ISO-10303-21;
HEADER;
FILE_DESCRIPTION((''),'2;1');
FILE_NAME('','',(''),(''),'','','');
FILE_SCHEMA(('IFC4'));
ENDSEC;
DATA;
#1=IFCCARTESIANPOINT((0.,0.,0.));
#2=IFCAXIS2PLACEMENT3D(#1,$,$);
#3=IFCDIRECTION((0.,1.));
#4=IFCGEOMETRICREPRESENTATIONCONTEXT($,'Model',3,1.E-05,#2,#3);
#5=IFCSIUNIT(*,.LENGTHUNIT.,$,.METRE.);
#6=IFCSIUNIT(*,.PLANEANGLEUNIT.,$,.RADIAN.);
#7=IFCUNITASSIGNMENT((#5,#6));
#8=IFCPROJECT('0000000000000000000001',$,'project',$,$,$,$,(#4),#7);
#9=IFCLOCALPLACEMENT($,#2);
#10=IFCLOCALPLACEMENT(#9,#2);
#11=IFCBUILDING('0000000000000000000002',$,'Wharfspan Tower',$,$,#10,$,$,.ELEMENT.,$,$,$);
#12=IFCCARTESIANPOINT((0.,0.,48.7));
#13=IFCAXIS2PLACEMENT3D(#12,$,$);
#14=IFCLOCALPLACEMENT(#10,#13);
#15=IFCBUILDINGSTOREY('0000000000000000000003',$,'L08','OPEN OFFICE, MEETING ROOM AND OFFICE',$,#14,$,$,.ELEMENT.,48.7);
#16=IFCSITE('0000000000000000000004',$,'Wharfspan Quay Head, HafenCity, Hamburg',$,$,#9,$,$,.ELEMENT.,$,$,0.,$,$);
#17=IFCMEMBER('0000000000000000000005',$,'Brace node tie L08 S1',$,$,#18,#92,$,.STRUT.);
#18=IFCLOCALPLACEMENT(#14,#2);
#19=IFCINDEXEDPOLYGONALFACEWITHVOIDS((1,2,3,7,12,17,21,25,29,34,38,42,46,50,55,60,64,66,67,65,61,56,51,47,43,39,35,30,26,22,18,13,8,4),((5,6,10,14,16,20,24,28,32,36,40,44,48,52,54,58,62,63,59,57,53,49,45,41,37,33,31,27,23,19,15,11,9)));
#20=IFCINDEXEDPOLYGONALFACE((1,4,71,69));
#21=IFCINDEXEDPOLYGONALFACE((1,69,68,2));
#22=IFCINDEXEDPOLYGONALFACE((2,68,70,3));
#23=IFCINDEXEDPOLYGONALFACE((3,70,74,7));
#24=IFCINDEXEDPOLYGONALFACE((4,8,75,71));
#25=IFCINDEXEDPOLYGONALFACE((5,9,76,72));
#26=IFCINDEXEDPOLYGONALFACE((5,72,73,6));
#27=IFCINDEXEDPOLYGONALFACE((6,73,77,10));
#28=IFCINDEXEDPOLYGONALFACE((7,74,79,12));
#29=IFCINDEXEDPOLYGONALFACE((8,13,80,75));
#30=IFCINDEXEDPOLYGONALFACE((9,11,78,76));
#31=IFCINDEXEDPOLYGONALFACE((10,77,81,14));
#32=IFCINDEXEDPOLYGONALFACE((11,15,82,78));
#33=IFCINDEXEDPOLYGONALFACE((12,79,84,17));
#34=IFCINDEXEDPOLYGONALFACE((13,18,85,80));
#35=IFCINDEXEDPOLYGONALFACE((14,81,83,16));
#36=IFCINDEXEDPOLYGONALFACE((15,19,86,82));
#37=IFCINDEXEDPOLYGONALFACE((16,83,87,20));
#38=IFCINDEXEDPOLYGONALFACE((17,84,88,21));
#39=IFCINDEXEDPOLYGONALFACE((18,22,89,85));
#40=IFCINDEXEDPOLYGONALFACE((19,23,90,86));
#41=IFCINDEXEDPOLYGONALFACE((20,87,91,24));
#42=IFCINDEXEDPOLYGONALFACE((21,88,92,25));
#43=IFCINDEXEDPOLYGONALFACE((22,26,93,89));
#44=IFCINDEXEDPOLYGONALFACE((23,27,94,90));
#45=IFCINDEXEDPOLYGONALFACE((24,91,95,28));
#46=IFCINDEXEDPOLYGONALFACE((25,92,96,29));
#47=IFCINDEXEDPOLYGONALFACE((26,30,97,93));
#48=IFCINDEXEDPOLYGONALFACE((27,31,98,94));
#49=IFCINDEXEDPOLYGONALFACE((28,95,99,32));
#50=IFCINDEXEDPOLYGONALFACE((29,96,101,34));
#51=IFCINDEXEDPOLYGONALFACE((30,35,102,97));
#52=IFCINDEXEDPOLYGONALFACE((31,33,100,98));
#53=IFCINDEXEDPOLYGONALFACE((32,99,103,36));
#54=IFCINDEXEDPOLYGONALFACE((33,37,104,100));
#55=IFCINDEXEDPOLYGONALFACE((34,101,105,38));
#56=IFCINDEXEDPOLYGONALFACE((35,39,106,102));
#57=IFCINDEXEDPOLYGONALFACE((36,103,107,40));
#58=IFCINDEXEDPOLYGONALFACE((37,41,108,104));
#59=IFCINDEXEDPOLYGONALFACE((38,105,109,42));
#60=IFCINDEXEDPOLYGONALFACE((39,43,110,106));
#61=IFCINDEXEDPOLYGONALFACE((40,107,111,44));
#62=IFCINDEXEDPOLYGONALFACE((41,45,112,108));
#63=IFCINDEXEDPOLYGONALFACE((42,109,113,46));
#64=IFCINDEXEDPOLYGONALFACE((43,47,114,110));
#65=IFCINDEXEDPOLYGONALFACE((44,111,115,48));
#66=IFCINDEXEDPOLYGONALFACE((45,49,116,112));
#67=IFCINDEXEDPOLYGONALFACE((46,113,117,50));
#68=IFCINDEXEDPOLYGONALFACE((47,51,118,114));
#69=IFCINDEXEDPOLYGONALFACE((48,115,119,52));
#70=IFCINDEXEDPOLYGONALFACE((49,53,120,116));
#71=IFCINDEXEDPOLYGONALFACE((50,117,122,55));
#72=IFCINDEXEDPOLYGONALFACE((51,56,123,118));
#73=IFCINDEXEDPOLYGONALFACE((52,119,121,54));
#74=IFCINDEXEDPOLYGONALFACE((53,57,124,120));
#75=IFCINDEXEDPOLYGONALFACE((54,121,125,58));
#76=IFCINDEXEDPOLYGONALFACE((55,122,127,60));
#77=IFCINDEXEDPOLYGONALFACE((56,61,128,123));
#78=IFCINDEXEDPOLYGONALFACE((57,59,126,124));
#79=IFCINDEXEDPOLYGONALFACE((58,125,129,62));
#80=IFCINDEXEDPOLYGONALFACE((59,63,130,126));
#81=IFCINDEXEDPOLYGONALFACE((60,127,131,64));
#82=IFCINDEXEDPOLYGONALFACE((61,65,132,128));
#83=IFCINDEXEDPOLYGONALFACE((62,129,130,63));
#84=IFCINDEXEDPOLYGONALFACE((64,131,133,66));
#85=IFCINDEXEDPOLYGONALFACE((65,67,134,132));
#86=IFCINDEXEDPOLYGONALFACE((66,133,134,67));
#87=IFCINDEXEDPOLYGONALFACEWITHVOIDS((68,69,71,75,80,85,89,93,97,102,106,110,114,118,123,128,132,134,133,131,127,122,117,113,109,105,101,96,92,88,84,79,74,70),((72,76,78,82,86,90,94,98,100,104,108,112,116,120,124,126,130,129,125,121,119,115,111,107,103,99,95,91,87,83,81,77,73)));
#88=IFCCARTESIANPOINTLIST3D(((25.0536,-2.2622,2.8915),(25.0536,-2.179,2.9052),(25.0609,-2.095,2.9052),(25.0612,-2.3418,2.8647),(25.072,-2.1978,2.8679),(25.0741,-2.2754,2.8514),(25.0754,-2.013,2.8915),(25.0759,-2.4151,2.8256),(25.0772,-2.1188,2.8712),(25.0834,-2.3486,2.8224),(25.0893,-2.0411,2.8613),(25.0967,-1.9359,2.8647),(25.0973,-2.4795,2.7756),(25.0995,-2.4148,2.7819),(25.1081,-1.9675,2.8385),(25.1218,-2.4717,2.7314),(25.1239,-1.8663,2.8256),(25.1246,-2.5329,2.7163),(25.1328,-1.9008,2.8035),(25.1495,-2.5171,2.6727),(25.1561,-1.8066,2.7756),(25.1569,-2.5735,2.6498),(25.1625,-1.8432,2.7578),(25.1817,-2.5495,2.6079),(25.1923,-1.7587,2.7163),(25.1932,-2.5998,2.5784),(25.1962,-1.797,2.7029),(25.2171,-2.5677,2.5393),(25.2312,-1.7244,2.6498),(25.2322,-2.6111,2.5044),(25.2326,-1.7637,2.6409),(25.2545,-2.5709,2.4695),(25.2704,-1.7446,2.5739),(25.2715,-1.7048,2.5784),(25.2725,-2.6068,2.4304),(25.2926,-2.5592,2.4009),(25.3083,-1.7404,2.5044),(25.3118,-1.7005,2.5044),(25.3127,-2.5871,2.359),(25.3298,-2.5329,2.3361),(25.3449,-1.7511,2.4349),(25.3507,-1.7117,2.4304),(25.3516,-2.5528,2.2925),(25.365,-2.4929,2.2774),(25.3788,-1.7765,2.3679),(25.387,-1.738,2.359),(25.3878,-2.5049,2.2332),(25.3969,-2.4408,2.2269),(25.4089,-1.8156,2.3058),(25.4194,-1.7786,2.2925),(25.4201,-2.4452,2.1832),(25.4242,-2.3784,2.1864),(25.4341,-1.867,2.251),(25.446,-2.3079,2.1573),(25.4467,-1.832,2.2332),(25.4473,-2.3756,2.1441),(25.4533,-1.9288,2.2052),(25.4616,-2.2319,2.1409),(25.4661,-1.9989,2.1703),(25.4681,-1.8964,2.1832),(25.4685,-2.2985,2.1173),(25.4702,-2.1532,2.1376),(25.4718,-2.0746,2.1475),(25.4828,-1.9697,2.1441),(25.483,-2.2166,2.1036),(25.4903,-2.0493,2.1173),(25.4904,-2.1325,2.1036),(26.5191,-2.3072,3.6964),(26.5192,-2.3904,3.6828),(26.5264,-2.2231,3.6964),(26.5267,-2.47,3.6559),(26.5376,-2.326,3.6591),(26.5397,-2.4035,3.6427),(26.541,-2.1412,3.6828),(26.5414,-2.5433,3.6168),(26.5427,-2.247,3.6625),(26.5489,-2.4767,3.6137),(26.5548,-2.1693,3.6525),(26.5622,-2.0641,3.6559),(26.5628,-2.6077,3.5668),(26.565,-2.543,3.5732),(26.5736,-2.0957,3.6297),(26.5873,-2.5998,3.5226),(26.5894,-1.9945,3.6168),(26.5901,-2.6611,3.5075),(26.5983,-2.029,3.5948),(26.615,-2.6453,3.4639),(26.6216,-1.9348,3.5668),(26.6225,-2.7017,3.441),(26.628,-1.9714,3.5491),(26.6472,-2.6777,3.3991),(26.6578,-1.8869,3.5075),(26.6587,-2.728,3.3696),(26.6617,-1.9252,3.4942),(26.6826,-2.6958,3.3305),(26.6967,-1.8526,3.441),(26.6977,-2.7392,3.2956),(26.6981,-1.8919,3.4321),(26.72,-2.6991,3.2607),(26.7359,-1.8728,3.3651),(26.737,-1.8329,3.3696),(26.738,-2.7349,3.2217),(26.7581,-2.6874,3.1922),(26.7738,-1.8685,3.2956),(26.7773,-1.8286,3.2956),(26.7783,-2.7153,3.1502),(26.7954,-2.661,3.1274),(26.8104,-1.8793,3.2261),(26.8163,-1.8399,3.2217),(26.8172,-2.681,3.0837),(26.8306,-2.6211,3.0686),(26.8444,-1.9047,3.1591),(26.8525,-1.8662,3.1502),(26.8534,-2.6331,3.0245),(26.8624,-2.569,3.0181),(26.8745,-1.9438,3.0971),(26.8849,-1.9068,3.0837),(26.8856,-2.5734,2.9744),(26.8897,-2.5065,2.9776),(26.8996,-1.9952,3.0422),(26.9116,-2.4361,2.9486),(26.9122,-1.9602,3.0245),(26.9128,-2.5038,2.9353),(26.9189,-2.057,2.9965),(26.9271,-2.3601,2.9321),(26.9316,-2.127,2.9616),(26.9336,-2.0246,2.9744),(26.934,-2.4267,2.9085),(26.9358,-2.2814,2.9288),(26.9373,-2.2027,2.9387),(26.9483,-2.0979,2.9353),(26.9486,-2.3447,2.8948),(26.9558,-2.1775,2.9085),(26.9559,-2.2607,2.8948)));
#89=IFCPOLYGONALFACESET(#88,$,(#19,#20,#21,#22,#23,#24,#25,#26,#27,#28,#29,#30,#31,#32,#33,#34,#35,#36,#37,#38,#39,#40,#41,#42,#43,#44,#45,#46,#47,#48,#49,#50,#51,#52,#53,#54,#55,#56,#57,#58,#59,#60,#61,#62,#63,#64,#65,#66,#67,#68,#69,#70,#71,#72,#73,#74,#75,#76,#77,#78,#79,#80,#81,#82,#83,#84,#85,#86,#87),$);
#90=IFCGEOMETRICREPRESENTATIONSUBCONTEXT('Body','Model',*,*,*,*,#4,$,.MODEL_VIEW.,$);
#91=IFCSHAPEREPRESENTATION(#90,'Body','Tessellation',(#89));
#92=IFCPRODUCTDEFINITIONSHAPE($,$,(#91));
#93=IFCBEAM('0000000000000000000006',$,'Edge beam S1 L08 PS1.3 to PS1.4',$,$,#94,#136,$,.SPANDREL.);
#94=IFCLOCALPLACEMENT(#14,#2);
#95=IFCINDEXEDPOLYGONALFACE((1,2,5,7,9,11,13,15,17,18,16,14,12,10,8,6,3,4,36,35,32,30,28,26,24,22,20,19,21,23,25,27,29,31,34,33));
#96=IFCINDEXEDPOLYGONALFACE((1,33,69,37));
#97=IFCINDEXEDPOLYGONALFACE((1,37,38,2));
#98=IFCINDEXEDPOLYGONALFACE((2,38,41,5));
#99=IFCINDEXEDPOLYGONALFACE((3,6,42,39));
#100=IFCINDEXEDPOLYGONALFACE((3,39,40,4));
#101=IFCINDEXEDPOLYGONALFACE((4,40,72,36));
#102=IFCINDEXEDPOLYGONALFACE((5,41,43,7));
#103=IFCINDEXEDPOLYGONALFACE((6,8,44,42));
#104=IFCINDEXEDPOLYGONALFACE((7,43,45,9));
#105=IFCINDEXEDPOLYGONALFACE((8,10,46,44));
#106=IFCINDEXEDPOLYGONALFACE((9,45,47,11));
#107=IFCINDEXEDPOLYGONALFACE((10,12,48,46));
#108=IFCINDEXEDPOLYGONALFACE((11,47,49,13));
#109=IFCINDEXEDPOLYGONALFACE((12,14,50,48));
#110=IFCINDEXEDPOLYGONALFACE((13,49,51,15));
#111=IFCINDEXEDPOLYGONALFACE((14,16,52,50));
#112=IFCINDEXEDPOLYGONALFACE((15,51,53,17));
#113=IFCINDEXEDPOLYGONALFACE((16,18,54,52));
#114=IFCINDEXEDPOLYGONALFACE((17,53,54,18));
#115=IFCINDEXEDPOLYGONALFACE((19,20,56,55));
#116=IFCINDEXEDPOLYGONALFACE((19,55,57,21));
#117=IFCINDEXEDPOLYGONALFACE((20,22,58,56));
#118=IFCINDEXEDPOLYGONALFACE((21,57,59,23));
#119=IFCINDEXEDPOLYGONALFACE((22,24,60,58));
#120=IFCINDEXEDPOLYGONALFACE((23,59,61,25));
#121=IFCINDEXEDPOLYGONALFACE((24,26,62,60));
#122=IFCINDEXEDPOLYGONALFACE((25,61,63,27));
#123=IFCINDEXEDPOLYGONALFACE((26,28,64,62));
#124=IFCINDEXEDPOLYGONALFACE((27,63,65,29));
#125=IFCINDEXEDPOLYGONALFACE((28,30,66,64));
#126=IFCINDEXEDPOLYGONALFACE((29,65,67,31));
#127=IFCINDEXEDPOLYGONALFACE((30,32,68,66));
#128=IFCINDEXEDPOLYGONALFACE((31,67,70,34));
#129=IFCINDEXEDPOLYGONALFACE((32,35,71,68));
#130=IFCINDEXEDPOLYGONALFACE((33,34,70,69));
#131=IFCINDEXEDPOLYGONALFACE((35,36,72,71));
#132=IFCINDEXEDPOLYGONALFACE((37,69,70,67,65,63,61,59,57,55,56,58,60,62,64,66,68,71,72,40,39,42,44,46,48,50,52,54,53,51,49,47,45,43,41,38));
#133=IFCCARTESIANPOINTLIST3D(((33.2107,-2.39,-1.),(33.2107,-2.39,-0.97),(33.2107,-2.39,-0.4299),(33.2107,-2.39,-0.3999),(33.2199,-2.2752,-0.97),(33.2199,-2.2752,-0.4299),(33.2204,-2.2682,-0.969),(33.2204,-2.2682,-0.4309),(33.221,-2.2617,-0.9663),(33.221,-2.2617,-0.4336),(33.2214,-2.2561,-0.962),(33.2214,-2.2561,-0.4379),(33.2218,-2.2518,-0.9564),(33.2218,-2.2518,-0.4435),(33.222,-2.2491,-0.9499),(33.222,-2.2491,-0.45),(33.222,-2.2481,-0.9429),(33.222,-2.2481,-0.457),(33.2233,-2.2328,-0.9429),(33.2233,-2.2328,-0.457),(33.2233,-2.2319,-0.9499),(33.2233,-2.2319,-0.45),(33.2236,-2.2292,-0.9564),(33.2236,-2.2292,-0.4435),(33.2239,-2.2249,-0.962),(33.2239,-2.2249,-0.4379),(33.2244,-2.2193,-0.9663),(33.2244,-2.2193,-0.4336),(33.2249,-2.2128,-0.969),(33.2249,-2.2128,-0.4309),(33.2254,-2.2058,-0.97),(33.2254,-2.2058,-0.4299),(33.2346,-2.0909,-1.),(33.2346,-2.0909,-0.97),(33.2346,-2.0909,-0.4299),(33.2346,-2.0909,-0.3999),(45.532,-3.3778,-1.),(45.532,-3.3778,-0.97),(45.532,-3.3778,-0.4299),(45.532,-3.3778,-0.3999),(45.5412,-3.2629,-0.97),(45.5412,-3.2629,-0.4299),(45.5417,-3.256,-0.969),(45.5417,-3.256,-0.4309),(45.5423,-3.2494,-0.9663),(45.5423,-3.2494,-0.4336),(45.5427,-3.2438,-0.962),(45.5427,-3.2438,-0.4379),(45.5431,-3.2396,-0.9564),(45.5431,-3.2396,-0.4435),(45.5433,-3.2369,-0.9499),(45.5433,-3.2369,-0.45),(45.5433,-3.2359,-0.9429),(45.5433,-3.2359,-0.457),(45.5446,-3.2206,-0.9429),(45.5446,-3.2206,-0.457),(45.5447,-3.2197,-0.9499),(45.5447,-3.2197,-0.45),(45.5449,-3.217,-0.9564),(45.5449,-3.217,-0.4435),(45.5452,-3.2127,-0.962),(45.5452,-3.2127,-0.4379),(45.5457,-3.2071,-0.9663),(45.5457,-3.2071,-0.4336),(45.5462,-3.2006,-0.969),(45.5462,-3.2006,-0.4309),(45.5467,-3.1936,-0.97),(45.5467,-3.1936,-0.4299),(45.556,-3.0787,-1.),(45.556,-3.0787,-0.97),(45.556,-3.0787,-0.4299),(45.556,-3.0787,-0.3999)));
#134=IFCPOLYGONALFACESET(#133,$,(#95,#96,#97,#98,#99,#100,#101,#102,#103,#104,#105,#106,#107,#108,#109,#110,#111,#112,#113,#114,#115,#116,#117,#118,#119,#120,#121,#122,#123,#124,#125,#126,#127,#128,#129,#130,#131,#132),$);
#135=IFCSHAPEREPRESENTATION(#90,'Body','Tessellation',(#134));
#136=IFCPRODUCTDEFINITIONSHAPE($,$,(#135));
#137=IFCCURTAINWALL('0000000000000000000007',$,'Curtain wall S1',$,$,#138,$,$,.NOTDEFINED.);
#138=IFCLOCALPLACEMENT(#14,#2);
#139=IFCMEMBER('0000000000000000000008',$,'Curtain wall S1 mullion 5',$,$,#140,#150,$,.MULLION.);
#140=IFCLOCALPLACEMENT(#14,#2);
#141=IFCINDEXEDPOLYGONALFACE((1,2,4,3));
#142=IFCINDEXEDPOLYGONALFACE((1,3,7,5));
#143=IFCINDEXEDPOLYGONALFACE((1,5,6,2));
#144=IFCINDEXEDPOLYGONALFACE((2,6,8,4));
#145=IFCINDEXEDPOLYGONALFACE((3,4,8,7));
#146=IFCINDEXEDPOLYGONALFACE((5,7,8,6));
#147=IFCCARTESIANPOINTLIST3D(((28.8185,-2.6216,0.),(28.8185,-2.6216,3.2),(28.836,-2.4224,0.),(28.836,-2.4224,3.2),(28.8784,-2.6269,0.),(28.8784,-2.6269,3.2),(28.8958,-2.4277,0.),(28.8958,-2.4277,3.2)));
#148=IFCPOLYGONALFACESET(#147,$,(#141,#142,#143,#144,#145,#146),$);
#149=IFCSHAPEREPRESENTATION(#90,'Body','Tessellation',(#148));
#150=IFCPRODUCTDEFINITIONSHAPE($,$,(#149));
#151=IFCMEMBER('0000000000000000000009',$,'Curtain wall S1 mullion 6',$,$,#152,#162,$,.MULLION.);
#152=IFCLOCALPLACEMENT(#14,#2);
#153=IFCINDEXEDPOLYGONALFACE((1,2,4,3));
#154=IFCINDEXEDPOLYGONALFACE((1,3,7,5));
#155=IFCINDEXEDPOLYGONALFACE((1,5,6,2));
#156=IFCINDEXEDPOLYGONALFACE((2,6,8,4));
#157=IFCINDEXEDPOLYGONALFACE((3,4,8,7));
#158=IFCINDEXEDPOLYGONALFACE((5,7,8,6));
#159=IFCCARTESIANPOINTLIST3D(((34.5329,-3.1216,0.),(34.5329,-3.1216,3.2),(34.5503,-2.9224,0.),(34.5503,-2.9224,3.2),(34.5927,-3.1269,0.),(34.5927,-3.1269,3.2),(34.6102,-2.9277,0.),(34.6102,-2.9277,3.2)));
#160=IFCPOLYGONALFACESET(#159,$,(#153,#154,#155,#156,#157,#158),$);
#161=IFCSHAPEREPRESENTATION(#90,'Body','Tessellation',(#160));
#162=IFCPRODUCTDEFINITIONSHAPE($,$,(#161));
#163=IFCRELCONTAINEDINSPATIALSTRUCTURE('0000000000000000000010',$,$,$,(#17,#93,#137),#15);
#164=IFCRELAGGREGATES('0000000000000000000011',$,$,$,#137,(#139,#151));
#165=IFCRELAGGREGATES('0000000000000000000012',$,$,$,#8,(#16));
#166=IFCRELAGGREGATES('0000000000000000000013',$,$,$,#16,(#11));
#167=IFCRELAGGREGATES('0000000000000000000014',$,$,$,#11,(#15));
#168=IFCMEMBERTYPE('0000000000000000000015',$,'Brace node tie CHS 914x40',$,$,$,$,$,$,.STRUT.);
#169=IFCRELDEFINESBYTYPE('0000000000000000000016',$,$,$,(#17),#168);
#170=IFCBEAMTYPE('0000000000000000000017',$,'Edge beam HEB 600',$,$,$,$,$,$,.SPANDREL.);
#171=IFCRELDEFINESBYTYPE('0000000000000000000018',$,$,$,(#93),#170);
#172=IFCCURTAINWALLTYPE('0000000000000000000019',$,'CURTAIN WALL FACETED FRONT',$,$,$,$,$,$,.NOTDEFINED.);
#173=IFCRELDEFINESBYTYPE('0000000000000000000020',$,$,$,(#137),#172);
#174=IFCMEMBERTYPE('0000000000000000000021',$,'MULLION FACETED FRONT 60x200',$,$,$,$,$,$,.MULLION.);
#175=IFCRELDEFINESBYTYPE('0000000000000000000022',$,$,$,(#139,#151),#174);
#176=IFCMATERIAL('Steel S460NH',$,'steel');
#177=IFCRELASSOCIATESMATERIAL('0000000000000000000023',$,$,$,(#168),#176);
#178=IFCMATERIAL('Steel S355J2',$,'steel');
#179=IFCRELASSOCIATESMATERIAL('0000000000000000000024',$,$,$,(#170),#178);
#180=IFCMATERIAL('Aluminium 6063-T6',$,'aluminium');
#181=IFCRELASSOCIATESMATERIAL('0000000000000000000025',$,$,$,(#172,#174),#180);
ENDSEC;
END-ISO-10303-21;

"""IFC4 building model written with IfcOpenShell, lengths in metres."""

from ifc_helpers import new_model, si_unit, direction, frame, origin, origin_2d, place, context, subcontext, project, spatial, rectangle, hollow_circle, i_section, extrude, material, material_profile, profile_set, type_object, element, aggregate, save


model = new_model("IFC4")

# Units and contexts
model_context = context("Model", 3, precision=1e-05, world=origin(), true_north=direction((0.0, 1.0)))
body_context = subcontext(model_context, "Body", "Model", "MODEL_VIEW")
ifc_project = project(units=[si_unit("LENGTHUNIT", "METRE"), si_unit("PLANEANGLEUNIT", "RADIAN")], contexts=[model_context])

# Site, building, storey
site_placement = place(None, origin())
site = spatial("IfcSite", under=ifc_project, at=site_placement, Name="Wharfspan Quay Head, HafenCity, Hamburg", CompositionType="ELEMENT", RefElevation=0.0)
building_placement = place(site_placement, origin())
building = spatial("IfcBuilding", under=site, at=building_placement, Name="Wharfspan Tower", CompositionType="ELEMENT")
storey_placement = place(building_placement, frame((0.0, 0.0, 48.7)))
storey = spatial("IfcBuildingStorey", under=building, at=storey_placement, Name="L08", Description="OPEN OFFICE, MEETING ROOM AND OFFICE", CompositionType="ELEMENT", Elevation=48.7)

# Shared definitions
ifc_material_1 = material(Name="Steel S355J2", Category="steel")

# Member
ifc_material_2 = material(Name="Steel S460NH", Category="steel")
ifc_material_profile_1 = material_profile(ifc_material_2, hollow_circle(Radius=0.457, WallThickness=0.04, at=origin_2d()))
ifc_profile_set_1 = profile_set([ifc_material_profile_1], Name="Steel S460NH")
member_type_1 = type_object("IfcMemberType", Name="Brace node tie CHS 914x40", PredefinedType="STRUT", material=ifc_profile_set_1)
member_1_placement = place(storey_placement, frame((25.272, -2.1558, 2.5044), z_axis=(0.877349, -0.07673, 0.473678), x_axis=(0.087126, 0.996201, -0.000003)))
element("IfcMember", 1, at=member_1_placement, inside=storey, type_object=member_type_1, Name="Brace node tie L08 S1", PredefinedType="STRUT", context=body_context, shape_type="SweptSolid", body=[
    extrude(hollow_circle(Radius=0.457, WallThickness=0.04, at=origin_2d()), origin(), (0.0, 0.0, 1.0), 1.6704),
])

# Beam
ifc_material_profile_2 = material_profile(ifc_material_1, i_section(OverallWidth=0.3, OverallDepth=0.6001, WebThickness=0.0154, FlangeThickness=0.03, FilletRadius=0.0271, at=origin_2d()))
ifc_profile_set_2 = profile_set([ifc_material_profile_2], Name="Steel S355J2")
beam_type = type_object("IfcBeamType", Name="Edge beam HEB 600", PredefinedType="SPANDREL", material=ifc_profile_set_2)
beam_placement = place(storey_placement, frame((33.2227, -2.2405, -0.7), z_axis=(0.996802, -0.079913, 0.0), x_axis=(0.079913, 0.996802, 0.0)))
element("IfcBeam", 2, at=beam_placement, inside=storey, type_object=beam_type, Name="Edge beam S1 L08 PS1.3 to PS1.4", PredefinedType="SPANDREL", context=body_context, shape_type="SweptSolid", body=[
    extrude(i_section(OverallWidth=0.3, OverallDepth=0.6001, WebThickness=0.0154, FlangeThickness=0.03, FilletRadius=0.0271, at=origin_2d()), origin(), (0.0, 0.0, 1.0), 12.3608),
])

# Curtain wall, members
ifc_material_3 = material(Name="Aluminium 6063-T6", Category="aluminium")
curtain_wall_type = type_object("IfcCurtainWallType", Name="CURTAIN WALL FACETED FRONT", PredefinedType="NOTDEFINED", material=ifc_material_3)
curtain_wall_placement = place(storey_placement, origin())
curtain_wall = element("IfcCurtainWall", 3, at=curtain_wall_placement, inside=storey, type_object=curtain_wall_type, Name="Curtain wall S1", PredefinedType="NOTDEFINED")
ifc_material_profile_3 = material_profile(ifc_material_3, rectangle(XDim=0.2, YDim=0.0601, at=origin_2d()))
ifc_profile_set_3 = profile_set([ifc_material_profile_3], Name="Aluminium 6063-T6")
member_type_2 = type_object("IfcMemberType", Name="MULLION FACETED FRONT 60x200", PredefinedType="MULLION", material=ifc_profile_set_3)
member_2_placement = place(storey_placement, frame((28.8572, -2.5247, 0.0), z_axis=(0.0, 0.0, 1.0), x_axis=(0.087156, 0.996197, 0.0)))
member_2 = element("IfcMember", 4, at=member_2_placement, type_object=member_type_2, Name="Curtain wall S1 mullion 5", PredefinedType="MULLION", context=body_context, shape_type="SweptSolid", body=[
    extrude(rectangle(XDim=0.2, YDim=0.0601, at=origin_2d()), origin(), (0.0, 0.0, 1.0), 3.2),
])
member_3_placement = place(storey_placement, frame((34.5715, -3.0247, 0.0), z_axis=(0.0, 0.0, 1.0), x_axis=(0.087156, 0.996197, 0.0)))
member_3 = element("IfcMember", 5, at=member_3_placement, type_object=member_type_2, Name="Curtain wall S1 mullion 6", PredefinedType="MULLION", context=body_context, shape_type="SweptSolid", body=[
    extrude(rectangle(XDim=0.2, YDim=0.0601, at=origin_2d()), origin(), (0.0, 0.0, 1.0), 3.2),
])

aggregate(curtain_wall, [member_2, member_3])

save(model, "model.ifc")
